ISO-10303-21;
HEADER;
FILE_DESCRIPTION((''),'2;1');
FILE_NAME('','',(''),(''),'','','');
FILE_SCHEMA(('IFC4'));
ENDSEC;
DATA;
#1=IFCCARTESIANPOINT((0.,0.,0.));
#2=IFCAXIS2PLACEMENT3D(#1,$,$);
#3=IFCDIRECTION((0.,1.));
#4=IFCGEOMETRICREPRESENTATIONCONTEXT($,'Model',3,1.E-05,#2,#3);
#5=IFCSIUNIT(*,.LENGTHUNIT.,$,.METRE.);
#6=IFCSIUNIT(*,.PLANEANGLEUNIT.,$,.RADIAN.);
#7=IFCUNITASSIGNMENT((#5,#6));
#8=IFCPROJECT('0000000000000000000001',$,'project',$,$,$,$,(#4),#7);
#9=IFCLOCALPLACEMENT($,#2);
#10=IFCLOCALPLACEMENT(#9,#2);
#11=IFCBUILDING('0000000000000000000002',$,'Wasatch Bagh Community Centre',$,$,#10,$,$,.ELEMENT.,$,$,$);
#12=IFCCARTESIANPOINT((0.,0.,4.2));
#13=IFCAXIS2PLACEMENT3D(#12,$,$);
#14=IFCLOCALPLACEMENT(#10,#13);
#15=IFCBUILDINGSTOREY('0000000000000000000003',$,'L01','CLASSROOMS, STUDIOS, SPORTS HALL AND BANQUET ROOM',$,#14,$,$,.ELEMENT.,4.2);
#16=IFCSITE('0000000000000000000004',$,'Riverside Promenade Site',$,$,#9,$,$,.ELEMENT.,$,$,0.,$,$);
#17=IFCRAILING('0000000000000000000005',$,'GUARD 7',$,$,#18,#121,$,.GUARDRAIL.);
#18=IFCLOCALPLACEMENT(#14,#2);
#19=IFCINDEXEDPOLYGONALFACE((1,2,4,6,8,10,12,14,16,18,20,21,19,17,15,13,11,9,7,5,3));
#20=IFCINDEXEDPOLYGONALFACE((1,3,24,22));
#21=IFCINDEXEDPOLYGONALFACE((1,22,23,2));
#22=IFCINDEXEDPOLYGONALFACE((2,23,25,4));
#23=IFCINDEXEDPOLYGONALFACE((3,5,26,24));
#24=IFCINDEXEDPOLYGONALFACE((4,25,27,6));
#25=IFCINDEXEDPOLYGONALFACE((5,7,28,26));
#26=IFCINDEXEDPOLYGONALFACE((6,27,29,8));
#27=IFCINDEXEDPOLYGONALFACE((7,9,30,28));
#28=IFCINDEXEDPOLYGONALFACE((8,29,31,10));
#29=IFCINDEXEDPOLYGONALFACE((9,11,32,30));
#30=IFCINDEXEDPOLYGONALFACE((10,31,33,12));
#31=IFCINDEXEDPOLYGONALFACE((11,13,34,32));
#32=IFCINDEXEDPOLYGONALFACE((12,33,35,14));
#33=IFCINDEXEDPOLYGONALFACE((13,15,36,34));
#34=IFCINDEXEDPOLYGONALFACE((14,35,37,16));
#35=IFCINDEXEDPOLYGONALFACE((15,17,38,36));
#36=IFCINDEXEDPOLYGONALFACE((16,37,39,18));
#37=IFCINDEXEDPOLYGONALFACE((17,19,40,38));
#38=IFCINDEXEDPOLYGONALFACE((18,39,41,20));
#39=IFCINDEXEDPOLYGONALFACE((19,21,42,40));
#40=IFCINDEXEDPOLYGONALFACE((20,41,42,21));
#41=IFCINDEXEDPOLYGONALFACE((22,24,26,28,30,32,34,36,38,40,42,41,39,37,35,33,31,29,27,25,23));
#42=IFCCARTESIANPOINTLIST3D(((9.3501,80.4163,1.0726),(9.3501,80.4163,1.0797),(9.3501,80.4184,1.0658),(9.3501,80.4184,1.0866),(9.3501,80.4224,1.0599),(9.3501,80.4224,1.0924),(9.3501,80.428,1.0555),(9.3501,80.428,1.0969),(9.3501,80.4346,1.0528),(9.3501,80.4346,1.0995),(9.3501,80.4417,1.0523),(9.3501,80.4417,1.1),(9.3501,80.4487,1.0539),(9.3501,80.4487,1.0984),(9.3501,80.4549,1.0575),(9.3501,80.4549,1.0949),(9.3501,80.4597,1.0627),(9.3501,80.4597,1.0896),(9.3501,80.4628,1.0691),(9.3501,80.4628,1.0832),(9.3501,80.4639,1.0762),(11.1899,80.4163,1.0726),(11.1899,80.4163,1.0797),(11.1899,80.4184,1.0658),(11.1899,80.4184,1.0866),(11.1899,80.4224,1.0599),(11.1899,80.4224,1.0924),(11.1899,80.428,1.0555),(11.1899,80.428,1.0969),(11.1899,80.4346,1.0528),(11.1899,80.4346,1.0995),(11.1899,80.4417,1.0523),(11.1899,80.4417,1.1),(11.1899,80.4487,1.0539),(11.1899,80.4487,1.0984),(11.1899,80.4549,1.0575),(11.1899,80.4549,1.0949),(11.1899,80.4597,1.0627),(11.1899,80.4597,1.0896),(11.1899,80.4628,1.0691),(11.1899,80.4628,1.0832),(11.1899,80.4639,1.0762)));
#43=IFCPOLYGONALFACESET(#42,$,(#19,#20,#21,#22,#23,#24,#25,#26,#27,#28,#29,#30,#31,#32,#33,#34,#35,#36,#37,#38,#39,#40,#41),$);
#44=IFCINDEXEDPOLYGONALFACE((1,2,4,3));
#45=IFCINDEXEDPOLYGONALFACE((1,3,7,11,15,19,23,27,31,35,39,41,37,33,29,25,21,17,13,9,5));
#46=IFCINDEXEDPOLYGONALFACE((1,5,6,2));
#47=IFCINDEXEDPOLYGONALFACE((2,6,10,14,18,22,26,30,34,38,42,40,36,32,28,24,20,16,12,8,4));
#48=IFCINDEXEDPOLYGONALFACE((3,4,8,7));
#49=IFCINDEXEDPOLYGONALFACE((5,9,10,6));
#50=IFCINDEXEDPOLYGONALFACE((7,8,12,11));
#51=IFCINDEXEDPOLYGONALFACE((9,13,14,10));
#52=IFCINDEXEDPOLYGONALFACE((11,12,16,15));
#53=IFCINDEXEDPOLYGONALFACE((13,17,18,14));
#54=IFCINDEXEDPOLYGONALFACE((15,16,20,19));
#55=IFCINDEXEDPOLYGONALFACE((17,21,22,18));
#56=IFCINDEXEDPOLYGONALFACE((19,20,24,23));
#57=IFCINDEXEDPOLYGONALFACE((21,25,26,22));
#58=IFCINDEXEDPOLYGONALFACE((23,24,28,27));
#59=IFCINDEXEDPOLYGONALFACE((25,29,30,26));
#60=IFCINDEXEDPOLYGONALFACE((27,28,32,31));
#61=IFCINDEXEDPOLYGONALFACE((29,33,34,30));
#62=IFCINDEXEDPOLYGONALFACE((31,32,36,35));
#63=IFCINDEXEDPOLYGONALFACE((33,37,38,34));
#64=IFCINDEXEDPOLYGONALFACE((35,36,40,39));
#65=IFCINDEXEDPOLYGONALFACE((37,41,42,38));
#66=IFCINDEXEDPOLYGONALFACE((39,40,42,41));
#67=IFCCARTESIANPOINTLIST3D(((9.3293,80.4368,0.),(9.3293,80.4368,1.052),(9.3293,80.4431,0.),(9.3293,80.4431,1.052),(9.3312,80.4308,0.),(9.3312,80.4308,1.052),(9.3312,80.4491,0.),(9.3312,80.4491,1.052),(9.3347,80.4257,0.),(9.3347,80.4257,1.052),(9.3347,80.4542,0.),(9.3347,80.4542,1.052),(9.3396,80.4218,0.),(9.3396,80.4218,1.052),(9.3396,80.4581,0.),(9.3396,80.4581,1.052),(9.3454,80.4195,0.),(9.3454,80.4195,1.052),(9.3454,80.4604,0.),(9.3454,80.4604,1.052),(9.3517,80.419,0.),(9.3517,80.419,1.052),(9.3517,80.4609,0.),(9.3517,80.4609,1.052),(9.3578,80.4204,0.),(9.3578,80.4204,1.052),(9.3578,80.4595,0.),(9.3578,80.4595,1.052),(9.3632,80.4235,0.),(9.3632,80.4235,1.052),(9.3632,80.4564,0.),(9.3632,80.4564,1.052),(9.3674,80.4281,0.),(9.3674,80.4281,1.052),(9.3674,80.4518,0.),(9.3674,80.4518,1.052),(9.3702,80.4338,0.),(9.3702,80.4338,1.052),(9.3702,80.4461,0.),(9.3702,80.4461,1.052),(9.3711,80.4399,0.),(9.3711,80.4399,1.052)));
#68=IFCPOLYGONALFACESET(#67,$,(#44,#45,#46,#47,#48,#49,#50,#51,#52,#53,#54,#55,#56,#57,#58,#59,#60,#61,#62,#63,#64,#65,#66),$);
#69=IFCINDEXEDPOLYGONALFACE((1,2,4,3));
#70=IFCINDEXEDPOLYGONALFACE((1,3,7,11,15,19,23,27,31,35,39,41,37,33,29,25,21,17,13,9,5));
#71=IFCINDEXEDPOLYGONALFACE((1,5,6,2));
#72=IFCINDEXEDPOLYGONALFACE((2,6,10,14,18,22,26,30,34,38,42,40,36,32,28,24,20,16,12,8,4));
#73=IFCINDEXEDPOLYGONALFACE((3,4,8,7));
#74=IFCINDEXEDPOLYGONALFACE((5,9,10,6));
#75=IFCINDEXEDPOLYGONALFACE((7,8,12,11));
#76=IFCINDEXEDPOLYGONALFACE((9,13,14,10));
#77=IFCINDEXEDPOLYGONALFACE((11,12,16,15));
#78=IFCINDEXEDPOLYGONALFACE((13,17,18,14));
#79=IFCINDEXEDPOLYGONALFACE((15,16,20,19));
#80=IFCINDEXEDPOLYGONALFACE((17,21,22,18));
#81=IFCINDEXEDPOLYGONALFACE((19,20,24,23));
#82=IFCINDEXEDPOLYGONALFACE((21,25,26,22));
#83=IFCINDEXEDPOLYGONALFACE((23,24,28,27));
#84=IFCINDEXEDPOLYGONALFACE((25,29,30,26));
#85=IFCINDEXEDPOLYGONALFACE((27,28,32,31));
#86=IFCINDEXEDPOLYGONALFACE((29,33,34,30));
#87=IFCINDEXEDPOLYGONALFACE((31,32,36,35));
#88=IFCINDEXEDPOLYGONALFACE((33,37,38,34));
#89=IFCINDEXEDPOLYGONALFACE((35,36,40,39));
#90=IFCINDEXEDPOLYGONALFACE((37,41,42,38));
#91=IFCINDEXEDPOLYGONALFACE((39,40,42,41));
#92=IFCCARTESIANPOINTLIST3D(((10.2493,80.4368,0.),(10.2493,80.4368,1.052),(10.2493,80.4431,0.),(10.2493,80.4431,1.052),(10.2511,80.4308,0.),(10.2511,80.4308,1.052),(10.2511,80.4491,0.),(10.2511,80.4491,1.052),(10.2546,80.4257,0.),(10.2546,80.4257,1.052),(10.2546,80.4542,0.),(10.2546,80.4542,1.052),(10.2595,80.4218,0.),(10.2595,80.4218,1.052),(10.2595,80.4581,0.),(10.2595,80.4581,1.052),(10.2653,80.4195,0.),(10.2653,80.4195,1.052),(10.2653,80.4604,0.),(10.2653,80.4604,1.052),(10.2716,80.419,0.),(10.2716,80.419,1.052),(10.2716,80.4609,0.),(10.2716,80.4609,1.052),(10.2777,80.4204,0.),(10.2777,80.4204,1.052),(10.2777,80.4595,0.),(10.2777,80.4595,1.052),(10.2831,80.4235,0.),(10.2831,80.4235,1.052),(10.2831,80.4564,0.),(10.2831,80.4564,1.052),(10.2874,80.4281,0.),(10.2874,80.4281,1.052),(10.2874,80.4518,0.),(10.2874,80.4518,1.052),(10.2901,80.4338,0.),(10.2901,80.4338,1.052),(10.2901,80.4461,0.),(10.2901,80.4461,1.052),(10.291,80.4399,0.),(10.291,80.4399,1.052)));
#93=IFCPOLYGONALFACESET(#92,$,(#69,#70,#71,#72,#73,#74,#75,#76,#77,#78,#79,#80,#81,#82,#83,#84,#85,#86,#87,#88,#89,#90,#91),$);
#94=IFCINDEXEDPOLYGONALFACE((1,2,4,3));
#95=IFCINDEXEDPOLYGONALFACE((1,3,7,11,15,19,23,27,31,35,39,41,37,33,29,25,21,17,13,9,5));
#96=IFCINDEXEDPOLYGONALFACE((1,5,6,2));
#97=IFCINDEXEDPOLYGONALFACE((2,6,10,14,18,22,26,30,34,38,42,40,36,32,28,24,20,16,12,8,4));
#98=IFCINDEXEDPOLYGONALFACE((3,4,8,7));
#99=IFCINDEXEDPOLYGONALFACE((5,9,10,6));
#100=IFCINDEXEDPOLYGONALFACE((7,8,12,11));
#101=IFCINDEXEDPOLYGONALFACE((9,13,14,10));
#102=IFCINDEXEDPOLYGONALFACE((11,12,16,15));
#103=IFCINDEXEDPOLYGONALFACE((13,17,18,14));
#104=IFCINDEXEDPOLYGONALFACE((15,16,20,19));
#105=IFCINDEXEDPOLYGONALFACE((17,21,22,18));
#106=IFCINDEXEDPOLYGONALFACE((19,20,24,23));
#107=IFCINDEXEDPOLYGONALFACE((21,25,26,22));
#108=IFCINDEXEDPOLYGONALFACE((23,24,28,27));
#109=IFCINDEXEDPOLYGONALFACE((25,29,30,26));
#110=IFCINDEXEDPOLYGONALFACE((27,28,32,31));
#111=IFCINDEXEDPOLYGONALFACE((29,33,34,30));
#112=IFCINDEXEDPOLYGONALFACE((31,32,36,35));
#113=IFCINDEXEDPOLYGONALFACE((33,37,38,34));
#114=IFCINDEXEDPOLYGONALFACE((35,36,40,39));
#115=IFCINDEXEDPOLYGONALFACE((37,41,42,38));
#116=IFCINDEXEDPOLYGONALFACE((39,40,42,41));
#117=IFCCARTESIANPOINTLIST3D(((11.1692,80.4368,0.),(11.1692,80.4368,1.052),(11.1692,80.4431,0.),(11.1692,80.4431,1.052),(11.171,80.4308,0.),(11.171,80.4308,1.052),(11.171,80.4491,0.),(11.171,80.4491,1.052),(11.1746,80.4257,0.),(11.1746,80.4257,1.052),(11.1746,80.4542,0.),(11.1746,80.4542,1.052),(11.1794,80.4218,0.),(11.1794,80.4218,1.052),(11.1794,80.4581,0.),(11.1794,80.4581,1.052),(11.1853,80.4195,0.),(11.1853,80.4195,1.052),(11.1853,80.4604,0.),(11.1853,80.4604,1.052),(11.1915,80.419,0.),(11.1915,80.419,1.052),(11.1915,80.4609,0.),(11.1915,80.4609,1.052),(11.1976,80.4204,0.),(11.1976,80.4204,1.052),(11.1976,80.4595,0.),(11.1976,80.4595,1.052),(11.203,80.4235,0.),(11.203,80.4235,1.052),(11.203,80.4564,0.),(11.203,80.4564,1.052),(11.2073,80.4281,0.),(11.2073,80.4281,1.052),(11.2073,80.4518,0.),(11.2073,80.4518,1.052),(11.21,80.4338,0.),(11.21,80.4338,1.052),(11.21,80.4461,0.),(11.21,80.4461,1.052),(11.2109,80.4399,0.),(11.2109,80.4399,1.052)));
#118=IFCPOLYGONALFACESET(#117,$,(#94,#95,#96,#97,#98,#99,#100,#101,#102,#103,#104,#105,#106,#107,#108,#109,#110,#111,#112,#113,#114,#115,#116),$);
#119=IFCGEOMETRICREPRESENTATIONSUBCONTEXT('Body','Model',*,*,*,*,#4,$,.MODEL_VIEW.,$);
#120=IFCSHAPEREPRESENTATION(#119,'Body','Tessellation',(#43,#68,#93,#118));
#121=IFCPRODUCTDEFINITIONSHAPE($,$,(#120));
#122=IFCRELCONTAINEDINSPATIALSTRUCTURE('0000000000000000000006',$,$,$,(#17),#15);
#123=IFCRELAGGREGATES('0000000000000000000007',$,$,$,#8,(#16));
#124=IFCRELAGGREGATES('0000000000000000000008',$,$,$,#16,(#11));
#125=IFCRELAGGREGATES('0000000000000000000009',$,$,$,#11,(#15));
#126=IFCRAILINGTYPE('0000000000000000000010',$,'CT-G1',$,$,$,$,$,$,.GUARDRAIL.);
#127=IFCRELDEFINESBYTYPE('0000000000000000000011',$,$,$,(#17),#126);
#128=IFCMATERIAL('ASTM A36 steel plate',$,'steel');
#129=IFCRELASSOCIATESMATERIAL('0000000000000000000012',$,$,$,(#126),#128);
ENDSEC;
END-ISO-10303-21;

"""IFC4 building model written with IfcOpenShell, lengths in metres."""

from ifc_helpers import new_model, si_unit, direction, frame, origin, origin_2d, place, context, subcontext, project, spatial, circle, extrude, material, type_object, element, save


model = new_model("IFC4")

# Units and contexts
model_context = context("Model", 3, precision=1e-05, world=origin(), true_north=direction((0.0, 1.0)))
body_context = subcontext(model_context, "Body", "Model", "MODEL_VIEW")
ifc_project = project(units=[si_unit("LENGTHUNIT", "METRE"), si_unit("PLANEANGLEUNIT", "RADIAN")], contexts=[model_context])

# Site, building, storey
site_placement = place(None, origin())
site = spatial("IfcSite", under=ifc_project, at=site_placement, Name="Riverside Promenade Site", CompositionType="ELEMENT", RefElevation=0.0)
building_placement = place(site_placement, origin())
building = spatial("IfcBuilding", under=site, at=building_placement, Name="Wasatch Bagh Community Centre", CompositionType="ELEMENT")
storey_placement = place(building_placement, frame((0.0, 0.0, 4.2)))
storey = spatial("IfcBuildingStorey", under=building, at=storey_placement, Name="L01", Description="CLASSROOMS, STUDIOS, SPORTS HALL AND BANQUET ROOM", CompositionType="ELEMENT", Elevation=4.2)

# Railing
ifc_material_1 = material(Name="ASTM A36 steel plate", Category="steel")
railing_type = type_object("IfcRailingType", Name="CT-G1", PredefinedType="GUARDRAIL", material=ifc_material_1)
railing_1_placement = place(storey_placement, frame((9.3501, 80.4399, 0.0)))
element("IfcRailing", 1, at=railing_1_placement, inside=storey, type_object=railing_type, Name="GUARD 7", PredefinedType="GUARDRAIL", context=body_context, shape_type="SweptSolid", body=[
    extrude(circle(Radius=0.0239, at=origin_2d()), frame((0.0, 0.0, 1.0762), z_axis=(1.0, 0.0, 0.0), x_axis=(0.0, 1.0, 0.0)), (0.0, 0.0, 1.0), 1.8398),
    extrude(circle(Radius=0.021, at=origin_2d()), origin(), (0.0, 0.0, 1.0), 1.052),
    extrude(circle(Radius=0.021, at=origin_2d()), frame((0.9199, 0.0, 0.0)), (0.0, 0.0, 1.0), 1.052),
    extrude(circle(Radius=0.021, at=origin_2d()), frame((1.8398, 0.0, 0.0)), (0.0, 0.0, 1.0), 1.052),
])

save(model, "model.ifc")
